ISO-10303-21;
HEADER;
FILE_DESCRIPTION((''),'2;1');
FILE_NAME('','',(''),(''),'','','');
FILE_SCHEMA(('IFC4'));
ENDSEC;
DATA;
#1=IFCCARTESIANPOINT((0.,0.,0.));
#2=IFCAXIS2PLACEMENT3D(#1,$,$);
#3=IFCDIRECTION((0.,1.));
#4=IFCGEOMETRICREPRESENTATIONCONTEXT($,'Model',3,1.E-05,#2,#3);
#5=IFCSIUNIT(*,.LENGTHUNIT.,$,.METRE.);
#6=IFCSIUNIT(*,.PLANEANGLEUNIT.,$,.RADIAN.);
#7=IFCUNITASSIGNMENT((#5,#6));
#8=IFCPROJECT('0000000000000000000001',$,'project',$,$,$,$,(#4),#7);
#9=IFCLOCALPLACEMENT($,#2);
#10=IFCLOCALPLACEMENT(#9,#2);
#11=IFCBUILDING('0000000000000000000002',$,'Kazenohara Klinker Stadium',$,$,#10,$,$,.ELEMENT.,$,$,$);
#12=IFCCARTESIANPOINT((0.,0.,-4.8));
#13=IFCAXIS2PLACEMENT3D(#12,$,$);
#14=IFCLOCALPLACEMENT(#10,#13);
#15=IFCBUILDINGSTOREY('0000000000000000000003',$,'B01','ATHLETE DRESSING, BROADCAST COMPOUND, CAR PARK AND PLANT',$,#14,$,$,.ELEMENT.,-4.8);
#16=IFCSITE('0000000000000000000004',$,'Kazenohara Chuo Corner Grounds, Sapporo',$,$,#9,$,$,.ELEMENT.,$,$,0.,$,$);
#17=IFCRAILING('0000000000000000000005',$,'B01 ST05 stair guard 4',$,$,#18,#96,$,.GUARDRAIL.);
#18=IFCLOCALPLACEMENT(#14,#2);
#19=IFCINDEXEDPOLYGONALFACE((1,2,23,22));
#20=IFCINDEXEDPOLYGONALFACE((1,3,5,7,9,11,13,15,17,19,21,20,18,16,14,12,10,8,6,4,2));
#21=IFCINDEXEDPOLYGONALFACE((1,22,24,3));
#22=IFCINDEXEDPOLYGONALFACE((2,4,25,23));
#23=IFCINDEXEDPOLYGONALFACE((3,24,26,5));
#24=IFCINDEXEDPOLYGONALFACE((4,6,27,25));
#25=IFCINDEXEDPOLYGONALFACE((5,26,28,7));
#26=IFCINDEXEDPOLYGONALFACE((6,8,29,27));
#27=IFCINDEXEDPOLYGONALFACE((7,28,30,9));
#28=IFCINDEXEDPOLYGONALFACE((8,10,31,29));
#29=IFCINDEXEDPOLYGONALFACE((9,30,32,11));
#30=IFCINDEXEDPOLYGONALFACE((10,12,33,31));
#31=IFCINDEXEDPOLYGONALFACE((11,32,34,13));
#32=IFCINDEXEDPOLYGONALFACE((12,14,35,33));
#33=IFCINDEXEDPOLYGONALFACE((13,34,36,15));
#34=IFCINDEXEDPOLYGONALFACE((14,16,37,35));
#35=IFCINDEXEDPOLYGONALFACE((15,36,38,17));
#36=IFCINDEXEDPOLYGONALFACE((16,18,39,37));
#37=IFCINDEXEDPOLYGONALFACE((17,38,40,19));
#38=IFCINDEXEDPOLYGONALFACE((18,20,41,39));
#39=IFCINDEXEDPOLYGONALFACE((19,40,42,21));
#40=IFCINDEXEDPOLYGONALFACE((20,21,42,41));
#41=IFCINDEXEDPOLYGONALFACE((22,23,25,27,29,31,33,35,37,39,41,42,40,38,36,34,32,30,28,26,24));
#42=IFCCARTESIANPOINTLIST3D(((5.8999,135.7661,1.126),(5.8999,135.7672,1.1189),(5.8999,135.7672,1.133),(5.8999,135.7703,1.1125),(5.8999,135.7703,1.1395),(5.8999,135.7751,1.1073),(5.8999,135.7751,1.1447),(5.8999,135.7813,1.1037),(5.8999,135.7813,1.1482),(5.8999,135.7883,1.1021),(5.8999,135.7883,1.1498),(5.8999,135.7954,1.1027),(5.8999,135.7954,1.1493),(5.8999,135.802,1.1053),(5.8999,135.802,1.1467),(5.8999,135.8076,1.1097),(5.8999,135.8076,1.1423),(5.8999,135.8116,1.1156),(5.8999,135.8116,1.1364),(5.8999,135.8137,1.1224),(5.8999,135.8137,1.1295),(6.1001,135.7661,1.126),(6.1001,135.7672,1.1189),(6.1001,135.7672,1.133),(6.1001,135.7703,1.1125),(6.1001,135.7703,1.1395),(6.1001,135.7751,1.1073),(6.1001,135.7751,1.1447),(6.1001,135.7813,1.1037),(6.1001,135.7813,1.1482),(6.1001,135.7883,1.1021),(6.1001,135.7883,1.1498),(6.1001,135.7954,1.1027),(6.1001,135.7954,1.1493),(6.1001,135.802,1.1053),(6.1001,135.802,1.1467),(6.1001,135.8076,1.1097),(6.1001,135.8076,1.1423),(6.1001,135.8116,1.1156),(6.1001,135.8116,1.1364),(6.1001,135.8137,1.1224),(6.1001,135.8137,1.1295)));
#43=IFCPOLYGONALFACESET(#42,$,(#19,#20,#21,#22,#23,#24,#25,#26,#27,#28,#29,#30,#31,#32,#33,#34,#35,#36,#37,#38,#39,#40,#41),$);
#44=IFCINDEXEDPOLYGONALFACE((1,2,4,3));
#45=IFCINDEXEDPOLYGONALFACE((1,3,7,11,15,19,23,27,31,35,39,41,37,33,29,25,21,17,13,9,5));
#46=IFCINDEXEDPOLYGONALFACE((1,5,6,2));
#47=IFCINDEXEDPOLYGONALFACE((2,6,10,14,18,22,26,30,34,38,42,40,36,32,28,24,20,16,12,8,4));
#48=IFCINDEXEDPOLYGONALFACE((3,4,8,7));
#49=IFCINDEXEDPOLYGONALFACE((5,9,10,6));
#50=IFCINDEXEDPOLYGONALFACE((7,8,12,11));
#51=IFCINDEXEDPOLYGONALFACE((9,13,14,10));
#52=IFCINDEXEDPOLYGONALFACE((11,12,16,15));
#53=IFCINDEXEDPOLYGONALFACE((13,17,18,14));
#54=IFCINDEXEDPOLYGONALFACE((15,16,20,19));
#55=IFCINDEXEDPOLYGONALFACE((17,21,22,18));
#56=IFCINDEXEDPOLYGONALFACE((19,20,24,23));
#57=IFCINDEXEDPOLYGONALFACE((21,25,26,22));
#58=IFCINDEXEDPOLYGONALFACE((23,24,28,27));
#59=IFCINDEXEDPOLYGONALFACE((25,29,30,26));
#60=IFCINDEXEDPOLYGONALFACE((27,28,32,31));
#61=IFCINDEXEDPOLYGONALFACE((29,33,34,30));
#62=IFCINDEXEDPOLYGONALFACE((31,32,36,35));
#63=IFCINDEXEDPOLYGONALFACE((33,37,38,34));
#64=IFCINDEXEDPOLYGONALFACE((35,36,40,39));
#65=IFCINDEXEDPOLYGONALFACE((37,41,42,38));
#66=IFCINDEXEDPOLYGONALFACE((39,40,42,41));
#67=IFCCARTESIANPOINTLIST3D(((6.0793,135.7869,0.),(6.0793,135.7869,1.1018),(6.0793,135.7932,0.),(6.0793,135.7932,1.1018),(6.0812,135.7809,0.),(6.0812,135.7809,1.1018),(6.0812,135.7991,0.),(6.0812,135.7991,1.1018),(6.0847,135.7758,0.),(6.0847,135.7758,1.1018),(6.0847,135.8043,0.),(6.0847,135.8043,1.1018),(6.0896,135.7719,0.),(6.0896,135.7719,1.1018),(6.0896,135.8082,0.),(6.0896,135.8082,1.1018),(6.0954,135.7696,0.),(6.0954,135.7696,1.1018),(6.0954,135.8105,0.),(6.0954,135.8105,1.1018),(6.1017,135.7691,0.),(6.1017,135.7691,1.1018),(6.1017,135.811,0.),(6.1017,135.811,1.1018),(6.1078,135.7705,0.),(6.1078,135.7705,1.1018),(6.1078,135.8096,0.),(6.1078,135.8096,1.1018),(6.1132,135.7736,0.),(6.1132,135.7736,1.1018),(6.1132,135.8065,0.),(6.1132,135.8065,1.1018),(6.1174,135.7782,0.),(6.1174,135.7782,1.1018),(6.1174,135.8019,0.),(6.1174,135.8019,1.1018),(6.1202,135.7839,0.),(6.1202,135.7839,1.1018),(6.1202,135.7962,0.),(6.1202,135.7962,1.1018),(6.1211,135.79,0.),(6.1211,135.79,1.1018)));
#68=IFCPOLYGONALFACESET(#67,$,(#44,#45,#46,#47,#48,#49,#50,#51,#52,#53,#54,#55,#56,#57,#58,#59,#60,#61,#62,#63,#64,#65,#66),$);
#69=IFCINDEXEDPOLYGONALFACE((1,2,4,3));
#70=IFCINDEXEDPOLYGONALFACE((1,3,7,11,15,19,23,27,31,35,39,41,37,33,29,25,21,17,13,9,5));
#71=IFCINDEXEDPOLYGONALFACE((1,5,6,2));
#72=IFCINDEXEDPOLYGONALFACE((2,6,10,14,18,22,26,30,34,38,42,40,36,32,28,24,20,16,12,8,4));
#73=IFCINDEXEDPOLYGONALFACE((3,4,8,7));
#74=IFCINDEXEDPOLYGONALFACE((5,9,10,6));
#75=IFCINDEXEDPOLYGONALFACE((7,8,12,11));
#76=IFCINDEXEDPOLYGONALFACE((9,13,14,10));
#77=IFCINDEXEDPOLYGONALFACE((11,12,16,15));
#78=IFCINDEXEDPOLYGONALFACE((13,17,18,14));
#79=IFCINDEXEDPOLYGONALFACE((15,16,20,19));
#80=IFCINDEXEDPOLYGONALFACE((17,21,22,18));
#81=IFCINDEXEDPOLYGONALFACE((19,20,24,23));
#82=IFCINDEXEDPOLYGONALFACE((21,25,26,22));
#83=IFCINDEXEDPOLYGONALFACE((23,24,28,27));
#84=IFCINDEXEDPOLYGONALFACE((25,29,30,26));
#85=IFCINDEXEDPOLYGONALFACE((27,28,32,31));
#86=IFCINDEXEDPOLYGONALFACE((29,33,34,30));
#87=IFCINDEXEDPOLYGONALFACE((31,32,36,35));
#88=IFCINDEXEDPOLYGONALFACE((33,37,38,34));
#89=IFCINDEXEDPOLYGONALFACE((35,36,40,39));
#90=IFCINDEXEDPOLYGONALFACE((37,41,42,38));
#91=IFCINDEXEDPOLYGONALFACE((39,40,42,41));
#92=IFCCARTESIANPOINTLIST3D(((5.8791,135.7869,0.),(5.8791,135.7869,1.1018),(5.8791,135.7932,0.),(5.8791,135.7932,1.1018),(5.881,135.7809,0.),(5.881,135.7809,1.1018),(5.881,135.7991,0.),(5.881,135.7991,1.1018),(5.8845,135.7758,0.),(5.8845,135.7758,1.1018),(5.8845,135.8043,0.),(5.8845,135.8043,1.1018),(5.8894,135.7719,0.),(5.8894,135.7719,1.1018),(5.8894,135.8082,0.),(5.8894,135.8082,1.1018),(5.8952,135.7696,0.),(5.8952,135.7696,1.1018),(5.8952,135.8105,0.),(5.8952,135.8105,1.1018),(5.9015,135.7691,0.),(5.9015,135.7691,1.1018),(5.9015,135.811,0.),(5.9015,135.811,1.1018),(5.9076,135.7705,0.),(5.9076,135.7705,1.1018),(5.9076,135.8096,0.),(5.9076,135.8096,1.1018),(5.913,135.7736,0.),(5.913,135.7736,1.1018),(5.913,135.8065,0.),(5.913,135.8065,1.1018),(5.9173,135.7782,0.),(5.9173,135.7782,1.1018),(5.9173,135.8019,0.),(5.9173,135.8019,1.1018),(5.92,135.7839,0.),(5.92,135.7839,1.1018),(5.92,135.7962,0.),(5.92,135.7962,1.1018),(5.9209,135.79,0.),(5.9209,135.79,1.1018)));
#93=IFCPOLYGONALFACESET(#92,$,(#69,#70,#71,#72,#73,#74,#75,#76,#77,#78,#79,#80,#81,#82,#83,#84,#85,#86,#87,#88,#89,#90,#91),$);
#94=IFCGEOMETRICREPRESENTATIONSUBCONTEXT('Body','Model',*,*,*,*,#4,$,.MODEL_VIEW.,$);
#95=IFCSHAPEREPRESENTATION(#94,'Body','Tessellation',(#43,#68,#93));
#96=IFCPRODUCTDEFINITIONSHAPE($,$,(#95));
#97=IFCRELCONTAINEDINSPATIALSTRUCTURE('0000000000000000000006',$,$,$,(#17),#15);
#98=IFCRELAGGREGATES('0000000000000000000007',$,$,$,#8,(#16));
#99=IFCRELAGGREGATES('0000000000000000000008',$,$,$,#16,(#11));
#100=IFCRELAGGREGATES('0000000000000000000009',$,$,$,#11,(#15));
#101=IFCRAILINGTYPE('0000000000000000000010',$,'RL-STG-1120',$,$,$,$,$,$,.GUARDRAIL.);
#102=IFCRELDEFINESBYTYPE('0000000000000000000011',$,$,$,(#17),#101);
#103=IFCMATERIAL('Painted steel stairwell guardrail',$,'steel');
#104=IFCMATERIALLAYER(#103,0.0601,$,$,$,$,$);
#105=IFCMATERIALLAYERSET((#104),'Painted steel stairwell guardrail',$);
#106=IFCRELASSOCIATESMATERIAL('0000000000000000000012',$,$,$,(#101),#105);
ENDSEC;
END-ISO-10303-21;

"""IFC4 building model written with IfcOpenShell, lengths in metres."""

from ifc_helpers import new_model, si_unit, direction, frame, origin, origin_2d, place, context, subcontext, project, spatial, circle, extrude, material, layer, layer_set, type_object, element, save


model = new_model("IFC4")

# Units and contexts
model_context = context("Model", 3, precision=1e-05, world=origin(), true_north=direction((0.0, 1.0)))
body_context = subcontext(model_context, "Body", "Model", "MODEL_VIEW")
ifc_project = project(units=[si_unit("LENGTHUNIT", "METRE"), si_unit("PLANEANGLEUNIT", "RADIAN")], contexts=[model_context])

# Site, building, storey
site_placement = place(None, origin())
site = spatial("IfcSite", under=ifc_project, at=site_placement, Name="Kazenohara Chuo Corner Grounds, Sapporo", CompositionType="ELEMENT", RefElevation=0.0)
building_placement = place(site_placement, origin())
building = spatial("IfcBuilding", under=site, at=building_placement, Name="Kazenohara Klinker Stadium", CompositionType="ELEMENT")
storey_placement = place(building_placement, frame((0.0, 0.0, -4.8)))
storey = spatial("IfcBuildingStorey", under=building, at=storey_placement, Name="B01", Description="ATHLETE DRESSING, BROADCAST COMPOUND, CAR PARK AND PLANT", CompositionType="ELEMENT", Elevation=-4.8)

# Railing
ifc_material_1 = material(Name="Painted steel stairwell guardrail", Category="steel")
ifc_layer_1 = layer(ifc_material_1, 0.0601)
ifc_layer_set_1 = layer_set([ifc_layer_1], Name="Painted steel stairwell guardrail")
railing_type_1 = type_object("IfcRailingType", Name="RL-STG-1120", PredefinedType="GUARDRAIL", material=ifc_layer_set_1)
railing_1_placement = place(storey_placement, frame((6.1001, 135.79, 0.0)))
element("IfcRailing", 1, at=railing_1_placement, inside=storey, type_object=railing_type_1, Name="B01 ST05 stair guard 4", PredefinedType="GUARDRAIL", context=body_context, shape_type="SweptSolid", body=[
    extrude(circle(Radius=0.0239, at=origin_2d()), frame((0.0, 0.0, 1.126), z_axis=(-1.0, 0.0, 0.0), x_axis=(0.0, -1.0, 0.0)), (0.0, 0.0, 1.0), 0.2002),
    extrude(circle(Radius=0.021, at=origin_2d()), origin(), (0.0, 0.0, 1.0), 1.1018),
    extrude(circle(Radius=0.021, at=origin_2d()), frame((-0.2002, 0.0, 0.0)), (0.0, 0.0, 1.0), 1.1018),
])

save(model, "model.ifc")
